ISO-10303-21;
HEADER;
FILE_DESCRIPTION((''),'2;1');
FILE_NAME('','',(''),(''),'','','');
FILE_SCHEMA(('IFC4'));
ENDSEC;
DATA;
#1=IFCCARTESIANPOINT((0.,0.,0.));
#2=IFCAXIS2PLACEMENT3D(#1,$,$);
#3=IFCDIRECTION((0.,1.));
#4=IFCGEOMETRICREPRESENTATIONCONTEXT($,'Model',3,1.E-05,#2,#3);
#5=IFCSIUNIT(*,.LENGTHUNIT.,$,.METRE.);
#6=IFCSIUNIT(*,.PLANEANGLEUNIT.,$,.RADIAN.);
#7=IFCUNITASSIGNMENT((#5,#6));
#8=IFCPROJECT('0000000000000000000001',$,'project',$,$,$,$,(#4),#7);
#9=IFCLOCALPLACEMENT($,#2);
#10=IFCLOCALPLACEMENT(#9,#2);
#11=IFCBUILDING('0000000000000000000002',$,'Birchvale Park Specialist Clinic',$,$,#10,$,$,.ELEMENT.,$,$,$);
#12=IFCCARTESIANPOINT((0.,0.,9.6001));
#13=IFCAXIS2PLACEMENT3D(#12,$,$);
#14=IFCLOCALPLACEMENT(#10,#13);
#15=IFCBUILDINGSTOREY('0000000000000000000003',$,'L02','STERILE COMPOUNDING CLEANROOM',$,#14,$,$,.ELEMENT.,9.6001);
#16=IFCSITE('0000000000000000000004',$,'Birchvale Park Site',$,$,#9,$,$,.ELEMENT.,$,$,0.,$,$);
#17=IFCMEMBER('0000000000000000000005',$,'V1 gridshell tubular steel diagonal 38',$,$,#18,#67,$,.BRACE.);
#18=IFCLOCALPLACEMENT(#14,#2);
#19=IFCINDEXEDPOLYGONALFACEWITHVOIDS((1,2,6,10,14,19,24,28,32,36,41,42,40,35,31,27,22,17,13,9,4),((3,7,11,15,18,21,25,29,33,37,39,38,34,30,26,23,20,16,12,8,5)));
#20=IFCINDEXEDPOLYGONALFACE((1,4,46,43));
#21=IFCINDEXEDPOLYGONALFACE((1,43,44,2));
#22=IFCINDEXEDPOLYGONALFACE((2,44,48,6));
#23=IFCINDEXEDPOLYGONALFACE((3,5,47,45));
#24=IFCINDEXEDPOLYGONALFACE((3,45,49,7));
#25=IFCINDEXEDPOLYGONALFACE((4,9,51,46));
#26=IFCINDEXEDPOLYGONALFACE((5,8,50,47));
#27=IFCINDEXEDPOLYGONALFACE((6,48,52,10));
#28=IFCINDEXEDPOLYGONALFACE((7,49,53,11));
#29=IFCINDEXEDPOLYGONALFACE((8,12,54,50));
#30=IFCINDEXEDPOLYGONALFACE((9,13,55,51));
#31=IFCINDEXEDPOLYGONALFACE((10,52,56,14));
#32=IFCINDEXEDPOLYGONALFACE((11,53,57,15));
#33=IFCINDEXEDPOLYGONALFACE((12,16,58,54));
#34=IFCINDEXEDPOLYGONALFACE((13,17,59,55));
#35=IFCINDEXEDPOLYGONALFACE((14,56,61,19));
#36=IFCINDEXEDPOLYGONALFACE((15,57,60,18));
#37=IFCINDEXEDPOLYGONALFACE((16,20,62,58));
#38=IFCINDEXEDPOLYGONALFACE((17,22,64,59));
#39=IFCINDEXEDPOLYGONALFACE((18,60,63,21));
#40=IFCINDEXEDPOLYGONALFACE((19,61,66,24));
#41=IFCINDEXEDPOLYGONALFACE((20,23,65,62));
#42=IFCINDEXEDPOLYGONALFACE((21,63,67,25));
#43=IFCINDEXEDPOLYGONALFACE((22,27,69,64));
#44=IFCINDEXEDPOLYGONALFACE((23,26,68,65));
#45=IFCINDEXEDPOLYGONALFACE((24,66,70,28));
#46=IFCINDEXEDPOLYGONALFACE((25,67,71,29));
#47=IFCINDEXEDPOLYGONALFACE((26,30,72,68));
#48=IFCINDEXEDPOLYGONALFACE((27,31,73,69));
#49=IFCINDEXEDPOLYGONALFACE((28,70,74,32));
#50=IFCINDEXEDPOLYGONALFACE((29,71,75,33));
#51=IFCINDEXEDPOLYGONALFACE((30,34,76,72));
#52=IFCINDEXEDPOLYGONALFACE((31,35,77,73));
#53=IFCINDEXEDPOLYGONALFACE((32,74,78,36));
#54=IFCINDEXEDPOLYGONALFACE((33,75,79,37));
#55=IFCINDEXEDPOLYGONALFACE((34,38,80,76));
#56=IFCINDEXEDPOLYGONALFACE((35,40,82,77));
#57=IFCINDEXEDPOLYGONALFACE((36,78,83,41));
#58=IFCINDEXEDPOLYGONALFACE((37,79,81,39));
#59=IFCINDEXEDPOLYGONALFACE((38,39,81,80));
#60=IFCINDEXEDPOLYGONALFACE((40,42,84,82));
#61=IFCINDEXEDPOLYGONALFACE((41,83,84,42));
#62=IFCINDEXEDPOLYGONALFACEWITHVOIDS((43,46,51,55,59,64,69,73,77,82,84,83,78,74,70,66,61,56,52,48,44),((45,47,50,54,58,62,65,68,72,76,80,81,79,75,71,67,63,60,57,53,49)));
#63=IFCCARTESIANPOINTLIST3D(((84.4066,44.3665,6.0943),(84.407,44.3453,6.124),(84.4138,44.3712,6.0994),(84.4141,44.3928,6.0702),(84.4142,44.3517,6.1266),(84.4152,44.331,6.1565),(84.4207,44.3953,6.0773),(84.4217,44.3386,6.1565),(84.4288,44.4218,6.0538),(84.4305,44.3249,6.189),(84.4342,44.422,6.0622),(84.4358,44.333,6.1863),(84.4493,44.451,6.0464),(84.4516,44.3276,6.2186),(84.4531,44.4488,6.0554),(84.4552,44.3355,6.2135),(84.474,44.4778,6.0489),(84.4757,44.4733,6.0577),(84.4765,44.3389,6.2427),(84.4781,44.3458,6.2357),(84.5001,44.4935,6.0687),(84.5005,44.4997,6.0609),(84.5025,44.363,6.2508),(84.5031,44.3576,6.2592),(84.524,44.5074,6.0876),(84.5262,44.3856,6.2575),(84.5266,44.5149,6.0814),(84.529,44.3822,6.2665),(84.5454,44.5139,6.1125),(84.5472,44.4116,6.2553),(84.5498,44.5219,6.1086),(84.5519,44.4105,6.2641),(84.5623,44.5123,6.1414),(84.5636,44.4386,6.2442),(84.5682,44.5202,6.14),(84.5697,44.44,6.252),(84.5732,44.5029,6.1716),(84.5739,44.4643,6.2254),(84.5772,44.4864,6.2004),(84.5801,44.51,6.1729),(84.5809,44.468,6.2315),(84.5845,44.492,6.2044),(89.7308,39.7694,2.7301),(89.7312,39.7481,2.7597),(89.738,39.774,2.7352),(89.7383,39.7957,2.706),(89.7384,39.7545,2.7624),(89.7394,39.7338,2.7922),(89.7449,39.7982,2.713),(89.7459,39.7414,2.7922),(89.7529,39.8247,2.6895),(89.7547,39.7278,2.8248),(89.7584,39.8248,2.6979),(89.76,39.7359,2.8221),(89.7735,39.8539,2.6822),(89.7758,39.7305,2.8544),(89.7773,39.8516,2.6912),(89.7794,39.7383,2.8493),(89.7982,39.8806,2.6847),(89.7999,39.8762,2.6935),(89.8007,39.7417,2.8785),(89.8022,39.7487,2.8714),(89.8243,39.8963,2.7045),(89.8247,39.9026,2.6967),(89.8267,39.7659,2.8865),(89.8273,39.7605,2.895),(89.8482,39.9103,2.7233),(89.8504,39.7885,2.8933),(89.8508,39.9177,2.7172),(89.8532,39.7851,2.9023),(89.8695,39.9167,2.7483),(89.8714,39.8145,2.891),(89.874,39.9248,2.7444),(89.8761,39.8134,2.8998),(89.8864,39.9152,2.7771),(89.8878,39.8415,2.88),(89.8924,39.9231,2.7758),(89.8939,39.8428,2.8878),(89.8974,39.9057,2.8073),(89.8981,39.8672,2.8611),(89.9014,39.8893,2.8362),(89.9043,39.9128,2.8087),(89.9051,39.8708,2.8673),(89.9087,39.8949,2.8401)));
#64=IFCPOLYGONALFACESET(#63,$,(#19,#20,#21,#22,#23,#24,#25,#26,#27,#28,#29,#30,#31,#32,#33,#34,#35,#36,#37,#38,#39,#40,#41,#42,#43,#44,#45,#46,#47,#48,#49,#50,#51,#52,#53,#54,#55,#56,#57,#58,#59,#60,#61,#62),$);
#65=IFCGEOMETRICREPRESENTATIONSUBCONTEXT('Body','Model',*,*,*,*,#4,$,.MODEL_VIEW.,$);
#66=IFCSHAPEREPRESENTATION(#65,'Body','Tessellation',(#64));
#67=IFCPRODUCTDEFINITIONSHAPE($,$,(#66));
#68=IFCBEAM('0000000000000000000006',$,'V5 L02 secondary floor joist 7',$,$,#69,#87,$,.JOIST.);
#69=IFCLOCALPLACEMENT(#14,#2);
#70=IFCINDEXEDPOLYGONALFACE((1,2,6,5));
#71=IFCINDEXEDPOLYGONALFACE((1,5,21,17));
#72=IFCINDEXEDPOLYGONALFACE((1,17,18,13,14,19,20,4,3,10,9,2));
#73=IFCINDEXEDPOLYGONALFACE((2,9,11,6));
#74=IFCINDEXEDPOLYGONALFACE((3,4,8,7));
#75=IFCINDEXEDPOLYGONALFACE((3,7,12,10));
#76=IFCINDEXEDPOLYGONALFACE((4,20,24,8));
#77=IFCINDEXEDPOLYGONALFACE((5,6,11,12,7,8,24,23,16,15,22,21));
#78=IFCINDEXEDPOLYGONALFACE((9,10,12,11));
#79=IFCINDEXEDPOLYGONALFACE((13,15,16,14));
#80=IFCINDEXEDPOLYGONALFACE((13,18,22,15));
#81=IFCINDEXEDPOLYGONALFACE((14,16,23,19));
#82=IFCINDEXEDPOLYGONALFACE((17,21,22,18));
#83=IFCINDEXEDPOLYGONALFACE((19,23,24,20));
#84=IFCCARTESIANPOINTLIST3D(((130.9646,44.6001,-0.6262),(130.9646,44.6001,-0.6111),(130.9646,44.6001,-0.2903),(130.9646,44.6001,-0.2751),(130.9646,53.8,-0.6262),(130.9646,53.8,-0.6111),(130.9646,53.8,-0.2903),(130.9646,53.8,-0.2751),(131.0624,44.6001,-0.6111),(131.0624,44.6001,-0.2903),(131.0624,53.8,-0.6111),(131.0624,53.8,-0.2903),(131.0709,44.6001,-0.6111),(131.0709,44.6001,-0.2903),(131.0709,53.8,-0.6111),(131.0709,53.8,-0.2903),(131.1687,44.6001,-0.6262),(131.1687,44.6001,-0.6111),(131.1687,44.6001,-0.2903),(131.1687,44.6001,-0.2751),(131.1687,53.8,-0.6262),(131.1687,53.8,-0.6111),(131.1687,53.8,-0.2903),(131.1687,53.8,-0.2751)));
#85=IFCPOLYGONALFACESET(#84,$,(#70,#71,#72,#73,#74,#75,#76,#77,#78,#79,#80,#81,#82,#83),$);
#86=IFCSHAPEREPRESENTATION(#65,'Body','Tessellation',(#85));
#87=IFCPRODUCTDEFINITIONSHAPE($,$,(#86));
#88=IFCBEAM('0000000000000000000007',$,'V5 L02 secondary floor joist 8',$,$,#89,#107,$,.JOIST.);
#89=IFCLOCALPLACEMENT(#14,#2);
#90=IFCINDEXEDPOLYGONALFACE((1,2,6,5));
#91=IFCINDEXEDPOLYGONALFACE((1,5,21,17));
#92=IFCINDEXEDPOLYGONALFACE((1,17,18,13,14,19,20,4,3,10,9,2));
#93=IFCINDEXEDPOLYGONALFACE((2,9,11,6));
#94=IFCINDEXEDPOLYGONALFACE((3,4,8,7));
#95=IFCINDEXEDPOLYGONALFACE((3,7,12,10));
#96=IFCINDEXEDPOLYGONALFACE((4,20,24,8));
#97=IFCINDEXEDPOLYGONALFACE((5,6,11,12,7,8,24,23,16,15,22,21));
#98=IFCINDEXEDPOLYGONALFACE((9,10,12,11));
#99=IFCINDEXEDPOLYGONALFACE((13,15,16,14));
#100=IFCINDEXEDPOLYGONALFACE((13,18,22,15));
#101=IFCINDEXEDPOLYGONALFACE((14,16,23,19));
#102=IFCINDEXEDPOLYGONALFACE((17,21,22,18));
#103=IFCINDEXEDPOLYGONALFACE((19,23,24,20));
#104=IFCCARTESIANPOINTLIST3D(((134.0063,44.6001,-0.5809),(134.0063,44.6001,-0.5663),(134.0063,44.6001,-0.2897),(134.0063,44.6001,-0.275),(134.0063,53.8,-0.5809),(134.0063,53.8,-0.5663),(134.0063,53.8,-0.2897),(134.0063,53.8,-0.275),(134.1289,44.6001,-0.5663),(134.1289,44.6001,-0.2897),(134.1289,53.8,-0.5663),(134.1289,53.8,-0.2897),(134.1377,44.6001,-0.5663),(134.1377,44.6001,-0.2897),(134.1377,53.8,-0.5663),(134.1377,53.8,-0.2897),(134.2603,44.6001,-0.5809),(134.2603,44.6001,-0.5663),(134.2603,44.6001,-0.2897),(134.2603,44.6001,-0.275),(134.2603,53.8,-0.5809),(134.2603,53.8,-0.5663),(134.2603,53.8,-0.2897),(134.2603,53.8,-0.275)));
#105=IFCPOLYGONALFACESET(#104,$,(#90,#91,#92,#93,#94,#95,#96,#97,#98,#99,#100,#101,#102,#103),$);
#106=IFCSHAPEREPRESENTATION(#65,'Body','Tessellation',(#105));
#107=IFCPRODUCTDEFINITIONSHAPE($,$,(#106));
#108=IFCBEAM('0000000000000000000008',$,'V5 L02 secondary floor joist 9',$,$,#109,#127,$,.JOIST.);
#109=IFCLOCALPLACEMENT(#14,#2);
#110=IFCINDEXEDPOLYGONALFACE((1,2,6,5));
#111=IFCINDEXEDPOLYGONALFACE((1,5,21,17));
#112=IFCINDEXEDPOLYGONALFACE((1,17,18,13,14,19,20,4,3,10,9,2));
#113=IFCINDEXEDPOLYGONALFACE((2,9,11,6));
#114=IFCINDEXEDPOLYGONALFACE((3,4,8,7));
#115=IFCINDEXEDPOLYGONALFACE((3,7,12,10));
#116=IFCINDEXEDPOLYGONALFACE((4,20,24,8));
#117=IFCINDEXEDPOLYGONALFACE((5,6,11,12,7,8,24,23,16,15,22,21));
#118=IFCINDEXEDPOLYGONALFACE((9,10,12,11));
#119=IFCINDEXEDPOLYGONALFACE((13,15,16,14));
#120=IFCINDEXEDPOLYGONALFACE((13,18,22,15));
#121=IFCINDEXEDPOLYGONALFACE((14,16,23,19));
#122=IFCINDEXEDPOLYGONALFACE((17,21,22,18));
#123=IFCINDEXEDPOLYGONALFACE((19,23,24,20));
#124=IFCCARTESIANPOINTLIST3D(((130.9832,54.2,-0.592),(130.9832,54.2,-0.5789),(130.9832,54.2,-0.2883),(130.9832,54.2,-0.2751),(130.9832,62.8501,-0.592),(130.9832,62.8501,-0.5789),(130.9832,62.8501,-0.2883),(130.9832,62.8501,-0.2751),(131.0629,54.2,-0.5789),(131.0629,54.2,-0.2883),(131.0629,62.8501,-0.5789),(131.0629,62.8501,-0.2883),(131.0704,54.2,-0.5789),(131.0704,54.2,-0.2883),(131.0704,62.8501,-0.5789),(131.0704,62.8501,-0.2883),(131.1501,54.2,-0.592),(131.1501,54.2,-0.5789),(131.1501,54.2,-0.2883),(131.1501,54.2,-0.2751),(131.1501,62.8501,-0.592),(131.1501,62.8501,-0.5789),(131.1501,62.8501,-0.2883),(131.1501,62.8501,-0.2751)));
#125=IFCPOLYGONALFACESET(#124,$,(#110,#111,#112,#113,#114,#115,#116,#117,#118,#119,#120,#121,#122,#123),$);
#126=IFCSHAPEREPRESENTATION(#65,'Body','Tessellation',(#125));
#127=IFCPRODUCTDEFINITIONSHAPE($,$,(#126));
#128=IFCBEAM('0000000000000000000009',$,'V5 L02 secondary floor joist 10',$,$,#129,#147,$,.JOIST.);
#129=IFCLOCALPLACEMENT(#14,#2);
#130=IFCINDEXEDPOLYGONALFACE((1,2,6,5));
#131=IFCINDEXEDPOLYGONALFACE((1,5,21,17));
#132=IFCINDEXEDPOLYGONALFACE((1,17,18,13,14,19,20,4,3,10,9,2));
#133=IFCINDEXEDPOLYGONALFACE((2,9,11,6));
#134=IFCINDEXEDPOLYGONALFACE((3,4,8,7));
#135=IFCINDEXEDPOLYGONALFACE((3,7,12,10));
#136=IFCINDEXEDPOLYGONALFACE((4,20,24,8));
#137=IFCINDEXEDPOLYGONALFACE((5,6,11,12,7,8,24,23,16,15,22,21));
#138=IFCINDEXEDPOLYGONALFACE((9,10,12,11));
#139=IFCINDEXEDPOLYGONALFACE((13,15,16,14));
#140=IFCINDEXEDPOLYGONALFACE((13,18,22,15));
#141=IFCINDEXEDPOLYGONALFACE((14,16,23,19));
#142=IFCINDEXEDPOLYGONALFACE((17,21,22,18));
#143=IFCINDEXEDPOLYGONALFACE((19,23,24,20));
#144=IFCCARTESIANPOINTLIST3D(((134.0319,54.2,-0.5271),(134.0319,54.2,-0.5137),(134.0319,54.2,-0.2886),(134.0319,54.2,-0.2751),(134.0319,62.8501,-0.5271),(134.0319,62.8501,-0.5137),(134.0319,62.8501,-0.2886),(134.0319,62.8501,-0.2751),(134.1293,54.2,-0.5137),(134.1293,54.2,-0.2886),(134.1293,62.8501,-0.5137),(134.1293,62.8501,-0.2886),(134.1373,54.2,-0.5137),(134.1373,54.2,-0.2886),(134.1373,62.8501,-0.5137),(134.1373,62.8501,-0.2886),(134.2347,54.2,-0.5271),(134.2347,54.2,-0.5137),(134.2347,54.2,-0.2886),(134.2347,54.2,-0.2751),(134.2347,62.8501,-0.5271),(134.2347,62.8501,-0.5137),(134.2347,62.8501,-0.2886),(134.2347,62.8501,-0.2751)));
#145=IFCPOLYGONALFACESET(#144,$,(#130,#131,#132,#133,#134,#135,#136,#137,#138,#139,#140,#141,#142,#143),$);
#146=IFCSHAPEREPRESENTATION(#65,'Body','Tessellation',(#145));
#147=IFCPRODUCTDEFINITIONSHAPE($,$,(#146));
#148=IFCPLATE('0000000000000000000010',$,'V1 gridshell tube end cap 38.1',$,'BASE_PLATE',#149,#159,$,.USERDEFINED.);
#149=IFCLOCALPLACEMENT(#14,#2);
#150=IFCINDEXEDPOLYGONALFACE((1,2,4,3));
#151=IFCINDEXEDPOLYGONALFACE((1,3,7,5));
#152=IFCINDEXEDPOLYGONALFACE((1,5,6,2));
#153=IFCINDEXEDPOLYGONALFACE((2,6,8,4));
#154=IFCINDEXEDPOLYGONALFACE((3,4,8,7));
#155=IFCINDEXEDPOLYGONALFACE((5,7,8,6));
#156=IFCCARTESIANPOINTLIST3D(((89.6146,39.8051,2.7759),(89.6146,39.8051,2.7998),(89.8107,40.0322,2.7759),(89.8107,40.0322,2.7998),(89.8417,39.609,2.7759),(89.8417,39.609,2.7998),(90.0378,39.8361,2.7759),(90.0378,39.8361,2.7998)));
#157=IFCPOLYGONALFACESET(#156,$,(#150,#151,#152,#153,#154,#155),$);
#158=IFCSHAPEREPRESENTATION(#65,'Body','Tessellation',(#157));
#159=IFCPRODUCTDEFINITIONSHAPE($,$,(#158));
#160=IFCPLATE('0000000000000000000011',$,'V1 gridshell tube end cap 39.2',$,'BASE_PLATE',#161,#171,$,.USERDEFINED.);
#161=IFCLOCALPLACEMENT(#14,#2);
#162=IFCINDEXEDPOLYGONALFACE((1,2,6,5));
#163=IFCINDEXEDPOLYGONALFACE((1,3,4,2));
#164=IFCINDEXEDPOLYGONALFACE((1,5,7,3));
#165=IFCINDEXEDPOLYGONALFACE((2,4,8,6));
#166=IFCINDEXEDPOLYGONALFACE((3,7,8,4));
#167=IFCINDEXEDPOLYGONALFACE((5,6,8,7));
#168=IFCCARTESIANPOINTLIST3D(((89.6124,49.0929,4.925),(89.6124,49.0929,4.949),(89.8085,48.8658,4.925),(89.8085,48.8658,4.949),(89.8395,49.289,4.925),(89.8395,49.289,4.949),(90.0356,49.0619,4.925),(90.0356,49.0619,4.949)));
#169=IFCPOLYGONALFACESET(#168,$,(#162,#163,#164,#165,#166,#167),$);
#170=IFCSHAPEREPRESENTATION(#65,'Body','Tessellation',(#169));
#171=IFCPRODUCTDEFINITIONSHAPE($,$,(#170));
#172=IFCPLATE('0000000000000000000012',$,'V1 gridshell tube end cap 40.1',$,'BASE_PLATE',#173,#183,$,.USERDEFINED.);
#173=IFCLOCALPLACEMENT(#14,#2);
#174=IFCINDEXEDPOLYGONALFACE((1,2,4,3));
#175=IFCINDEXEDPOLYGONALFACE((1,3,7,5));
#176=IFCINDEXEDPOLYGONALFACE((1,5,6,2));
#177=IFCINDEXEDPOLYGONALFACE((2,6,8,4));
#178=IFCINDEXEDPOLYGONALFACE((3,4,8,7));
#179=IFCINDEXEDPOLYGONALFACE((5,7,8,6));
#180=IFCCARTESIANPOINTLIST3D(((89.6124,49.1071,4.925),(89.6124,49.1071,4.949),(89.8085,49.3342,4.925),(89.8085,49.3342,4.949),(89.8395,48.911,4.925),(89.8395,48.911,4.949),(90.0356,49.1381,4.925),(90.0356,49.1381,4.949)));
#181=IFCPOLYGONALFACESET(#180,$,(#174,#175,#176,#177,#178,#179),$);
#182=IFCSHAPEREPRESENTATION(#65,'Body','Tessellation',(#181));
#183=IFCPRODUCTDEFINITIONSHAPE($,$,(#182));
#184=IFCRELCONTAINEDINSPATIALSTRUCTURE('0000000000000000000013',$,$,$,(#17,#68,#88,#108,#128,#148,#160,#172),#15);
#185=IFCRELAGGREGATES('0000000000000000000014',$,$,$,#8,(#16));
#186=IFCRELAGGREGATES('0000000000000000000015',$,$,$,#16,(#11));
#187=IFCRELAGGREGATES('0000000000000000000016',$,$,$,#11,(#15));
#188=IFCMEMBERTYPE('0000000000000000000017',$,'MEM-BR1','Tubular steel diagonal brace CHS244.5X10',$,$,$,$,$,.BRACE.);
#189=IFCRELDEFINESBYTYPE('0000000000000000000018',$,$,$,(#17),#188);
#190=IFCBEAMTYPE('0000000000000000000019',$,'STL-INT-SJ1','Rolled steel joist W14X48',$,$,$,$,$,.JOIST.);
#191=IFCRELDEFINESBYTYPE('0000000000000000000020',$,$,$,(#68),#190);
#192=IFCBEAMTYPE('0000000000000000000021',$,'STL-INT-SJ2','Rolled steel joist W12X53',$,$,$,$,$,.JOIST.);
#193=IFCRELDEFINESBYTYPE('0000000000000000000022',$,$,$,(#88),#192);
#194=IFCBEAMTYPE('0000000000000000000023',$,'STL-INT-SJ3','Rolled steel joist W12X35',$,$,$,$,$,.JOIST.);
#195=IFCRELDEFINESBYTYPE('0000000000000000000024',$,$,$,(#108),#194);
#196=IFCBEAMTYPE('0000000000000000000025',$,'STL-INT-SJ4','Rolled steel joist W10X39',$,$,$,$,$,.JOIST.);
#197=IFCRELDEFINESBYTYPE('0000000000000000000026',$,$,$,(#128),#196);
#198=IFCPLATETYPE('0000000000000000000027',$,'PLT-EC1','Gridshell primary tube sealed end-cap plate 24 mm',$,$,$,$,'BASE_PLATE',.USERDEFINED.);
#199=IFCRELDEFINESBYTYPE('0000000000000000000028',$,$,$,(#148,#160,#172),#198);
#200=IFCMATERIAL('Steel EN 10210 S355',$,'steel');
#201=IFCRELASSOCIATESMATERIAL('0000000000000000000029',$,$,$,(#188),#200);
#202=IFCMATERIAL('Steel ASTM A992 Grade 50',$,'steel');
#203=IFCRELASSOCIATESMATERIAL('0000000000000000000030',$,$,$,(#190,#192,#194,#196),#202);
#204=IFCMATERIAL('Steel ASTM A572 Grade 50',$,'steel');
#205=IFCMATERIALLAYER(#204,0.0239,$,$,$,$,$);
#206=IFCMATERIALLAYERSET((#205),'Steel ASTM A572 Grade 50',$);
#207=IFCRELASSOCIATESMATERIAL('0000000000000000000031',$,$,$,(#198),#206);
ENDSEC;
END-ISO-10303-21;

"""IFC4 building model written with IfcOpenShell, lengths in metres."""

from ifc_helpers import new_model, si_unit, direction, frame, origin, origin_2d, place, context, subcontext, project, spatial, rectangle, hollow_circle, i_section, extrude, material, layer, layer_set, material_profile, profile_set, type_object, element, save


model = new_model("IFC4")

# Units and contexts
model_context = context("Model", 3, precision=1e-05, world=origin(), true_north=direction((0.0, 1.0)))
body_context = subcontext(model_context, "Body", "Model", "MODEL_VIEW")
ifc_project = project(units=[si_unit("LENGTHUNIT", "METRE"), si_unit("PLANEANGLEUNIT", "RADIAN")], contexts=[model_context])

# Site, building, storey
site_placement = place(None, origin())
site = spatial("IfcSite", under=ifc_project, at=site_placement, Name="Birchvale Park Site", CompositionType="ELEMENT", RefElevation=0.0)
building_placement = place(site_placement, origin())
building = spatial("IfcBuilding", under=site, at=building_placement, Name="Birchvale Park Specialist Clinic", CompositionType="ELEMENT")
storey_placement = place(building_placement, frame((0.0, 0.0, 9.6001)))
storey = spatial("IfcBuildingStorey", under=building, at=storey_placement, Name="L02", Description="STERILE COMPOUNDING CLEANROOM", CompositionType="ELEMENT", Elevation=9.6001)

# Member
ifc_material_1 = material(Name="Steel EN 10210 S355", Category="steel")
ifc_material_profile_1 = material_profile(ifc_material_1, hollow_circle(Radius=0.1223, WallThickness=0.01, at=origin_2d()), Name="CHS244.5X10")
ifc_profile_set_1 = profile_set([ifc_material_profile_1], Name="Steel EN 10210 S355")
member_type = type_object("IfcMemberType", Name="MEM-BR1", Description="Tubular steel diagonal brace CHS244.5X10", PredefinedType="BRACE", material=ifc_profile_set_1)
member_placement = place(storey_placement, frame((89.8193, 39.8264, 2.7922), z_axis=(-0.68282, 0.589577, 0.431459), x_axis=(-0.653537, -0.756895, 0.0)))
element("IfcMember", 1, at=member_placement, inside=storey, type_object=member_type, Name="V1 gridshell tubular steel diagonal 38", PredefinedType="BRACE", context=body_context, shape_type="SweptSolid", body=[
    extrude(hollow_circle(Radius=0.1223, WallThickness=0.01, at=origin_2d()), origin(), (0.0, 0.0, 1.0), 7.7974),
])

# Beams
ifc_material_2 = material(Name="Steel ASTM A992 Grade 50", Category="steel")
ifc_material_profile_2 = material_profile(ifc_material_2, i_section(OverallWidth=0.2041, OverallDepth=0.3511, WebThickness=0.0085, FlangeThickness=0.0151, at=origin_2d()), Name="W14X48")
ifc_profile_set_2 = profile_set([ifc_material_profile_2], Name="Steel ASTM A992 Grade 50")
beam_type_1 = type_object("IfcBeamType", Name="STL-INT-SJ1", Description="Rolled steel joist W14X48", PredefinedType="JOIST", material=ifc_profile_set_2)
beam_1_placement = place(storey_placement, frame((131.0667, 44.6001, -0.4507), z_axis=(0.0, 1.0, 0.0), x_axis=(-1.0, 0.0, 0.0)))
element("IfcBeam", 2, at=beam_1_placement, inside=storey, type_object=beam_type_1, Name="V5 L02 secondary floor joist 7", PredefinedType="JOIST", context=body_context, shape_type="SweptSolid", body=[
    extrude(i_section(OverallWidth=0.2041, OverallDepth=0.3511, WebThickness=0.0085, FlangeThickness=0.0151, at=origin_2d()), origin(), (0.0, 0.0, 1.0), 9.2),
])
ifc_material_profile_3 = material_profile(ifc_material_2, i_section(OverallWidth=0.2539, OverallDepth=0.3059, WebThickness=0.0088, FlangeThickness=0.0146, at=origin_2d()), Name="W12X53")
ifc_profile_set_3 = profile_set([ifc_material_profile_3], Name="Steel ASTM A992 Grade 50")
beam_type_2 = type_object("IfcBeamType", Name="STL-INT-SJ2", Description="Rolled steel joist W12X53", PredefinedType="JOIST", material=ifc_profile_set_3)
beam_2_placement = place(storey_placement, frame((134.1333, 44.6001, -0.428), z_axis=(0.0, 1.0, 0.0), x_axis=(-1.0, 0.0, 0.0)))
element("IfcBeam", 3, at=beam_2_placement, inside=storey, type_object=beam_type_2, Name="V5 L02 secondary floor joist 8", PredefinedType="JOIST", context=body_context, shape_type="SweptSolid", body=[
    extrude(i_section(OverallWidth=0.2539, OverallDepth=0.3059, WebThickness=0.0088, FlangeThickness=0.0146, at=origin_2d()), origin(), (0.0, 0.0, 1.0), 9.2),
])
ifc_material_profile_4 = material_profile(ifc_material_2, i_section(OverallWidth=0.167, OverallDepth=0.3169, WebThickness=0.0076, FlangeThickness=0.0132, at=origin_2d()), Name="W12X35")
ifc_profile_set_4 = profile_set([ifc_material_profile_4], Name="Steel ASTM A992 Grade 50")
beam_type_3 = type_object("IfcBeamType", Name="STL-INT-SJ3", Description="Rolled steel joist W12X35", PredefinedType="JOIST", material=ifc_profile_set_4)
beam_3_placement = place(storey_placement, frame((131.0667, 54.2, -0.4336), z_axis=(0.0, 1.0, 0.0), x_axis=(-1.0, 0.0, 0.0)))
element("IfcBeam", 4, at=beam_3_placement, inside=storey, type_object=beam_type_3, Name="V5 L02 secondary floor joist 9", PredefinedType="JOIST", context=body_context, shape_type="SweptSolid", body=[
    extrude(i_section(OverallWidth=0.167, OverallDepth=0.3169, WebThickness=0.0076, FlangeThickness=0.0132, at=origin_2d()), origin(), (0.0, 0.0, 1.0), 8.6501),
])
ifc_material_profile_5 = material_profile(ifc_material_2, i_section(OverallWidth=0.2029, OverallDepth=0.252, WebThickness=0.0081, FlangeThickness=0.0134, at=origin_2d()), Name="W10X39")
ifc_profile_set_5 = profile_set([ifc_material_profile_5], Name="Steel ASTM A992 Grade 50")
beam_type_4 = type_object("IfcBeamType", Name="STL-INT-SJ4", Description="Rolled steel joist W10X39", PredefinedType="JOIST", material=ifc_profile_set_5)
beam_4_placement = place(storey_placement, frame((134.1333, 54.2, -0.4011), z_axis=(0.0, 1.0, 0.0), x_axis=(-1.0, 0.0, 0.0)))
element("IfcBeam", 5, at=beam_4_placement, inside=storey, type_object=beam_type_4, Name="V5 L02 secondary floor joist 10", PredefinedType="JOIST", context=body_context, shape_type="SweptSolid", body=[
    extrude(i_section(OverallWidth=0.2029, OverallDepth=0.252, WebThickness=0.0081, FlangeThickness=0.0134, at=origin_2d()), origin(), (0.0, 0.0, 1.0), 8.6501),
])

# Plates
ifc_material_3 = material(Name="Steel ASTM A572 Grade 50", Category="steel")
ifc_layer_1 = layer(ifc_material_3, 0.0239)
ifc_layer_set_1 = layer_set([ifc_layer_1], Name="Steel ASTM A572 Grade 50")
plate_type_1 = type_object("IfcPlateType", Name="PLT-EC1", Description="Gridshell primary tube sealed end-cap plate 24 mm", ElementType="BASE_PLATE", PredefinedType="USERDEFINED", material=ifc_layer_set_1)
for number, where, z_axis, x_axis, name in (
    (6, (89.8262, 39.8206, 2.7759), (0.0, 0.0, 1.0), (-0.756881, 0.653553, 0.0), "V1 gridshell tube end cap 38.1"),
    (7, (89.824, 49.0774, 4.925), (0.0, 0.0, 1.0), (0.756881, 0.653553, 0.0), "V1 gridshell tube end cap 39.2"),
    (8, (89.824, 49.1226, 4.925), (0.0, 0.0, 1.0), (-0.756881, 0.653553, 0.0), "V1 gridshell tube end cap 40.1"),
):
    element("IfcPlate", number, at=place(storey_placement, frame(where, z_axis=z_axis, x_axis=x_axis)), inside=storey, type_object=plate_type_1, Name=name, ObjectType="BASE_PLATE", PredefinedType="USERDEFINED", context=body_context, shape_type="SweptSolid", body=[
        extrude(rectangle(XDim=0.3, YDim=0.3, at=origin_2d()), origin(), (0.0, 0.0, 1.0), 0.0239),
    ])

save(model, "model.ifc")
